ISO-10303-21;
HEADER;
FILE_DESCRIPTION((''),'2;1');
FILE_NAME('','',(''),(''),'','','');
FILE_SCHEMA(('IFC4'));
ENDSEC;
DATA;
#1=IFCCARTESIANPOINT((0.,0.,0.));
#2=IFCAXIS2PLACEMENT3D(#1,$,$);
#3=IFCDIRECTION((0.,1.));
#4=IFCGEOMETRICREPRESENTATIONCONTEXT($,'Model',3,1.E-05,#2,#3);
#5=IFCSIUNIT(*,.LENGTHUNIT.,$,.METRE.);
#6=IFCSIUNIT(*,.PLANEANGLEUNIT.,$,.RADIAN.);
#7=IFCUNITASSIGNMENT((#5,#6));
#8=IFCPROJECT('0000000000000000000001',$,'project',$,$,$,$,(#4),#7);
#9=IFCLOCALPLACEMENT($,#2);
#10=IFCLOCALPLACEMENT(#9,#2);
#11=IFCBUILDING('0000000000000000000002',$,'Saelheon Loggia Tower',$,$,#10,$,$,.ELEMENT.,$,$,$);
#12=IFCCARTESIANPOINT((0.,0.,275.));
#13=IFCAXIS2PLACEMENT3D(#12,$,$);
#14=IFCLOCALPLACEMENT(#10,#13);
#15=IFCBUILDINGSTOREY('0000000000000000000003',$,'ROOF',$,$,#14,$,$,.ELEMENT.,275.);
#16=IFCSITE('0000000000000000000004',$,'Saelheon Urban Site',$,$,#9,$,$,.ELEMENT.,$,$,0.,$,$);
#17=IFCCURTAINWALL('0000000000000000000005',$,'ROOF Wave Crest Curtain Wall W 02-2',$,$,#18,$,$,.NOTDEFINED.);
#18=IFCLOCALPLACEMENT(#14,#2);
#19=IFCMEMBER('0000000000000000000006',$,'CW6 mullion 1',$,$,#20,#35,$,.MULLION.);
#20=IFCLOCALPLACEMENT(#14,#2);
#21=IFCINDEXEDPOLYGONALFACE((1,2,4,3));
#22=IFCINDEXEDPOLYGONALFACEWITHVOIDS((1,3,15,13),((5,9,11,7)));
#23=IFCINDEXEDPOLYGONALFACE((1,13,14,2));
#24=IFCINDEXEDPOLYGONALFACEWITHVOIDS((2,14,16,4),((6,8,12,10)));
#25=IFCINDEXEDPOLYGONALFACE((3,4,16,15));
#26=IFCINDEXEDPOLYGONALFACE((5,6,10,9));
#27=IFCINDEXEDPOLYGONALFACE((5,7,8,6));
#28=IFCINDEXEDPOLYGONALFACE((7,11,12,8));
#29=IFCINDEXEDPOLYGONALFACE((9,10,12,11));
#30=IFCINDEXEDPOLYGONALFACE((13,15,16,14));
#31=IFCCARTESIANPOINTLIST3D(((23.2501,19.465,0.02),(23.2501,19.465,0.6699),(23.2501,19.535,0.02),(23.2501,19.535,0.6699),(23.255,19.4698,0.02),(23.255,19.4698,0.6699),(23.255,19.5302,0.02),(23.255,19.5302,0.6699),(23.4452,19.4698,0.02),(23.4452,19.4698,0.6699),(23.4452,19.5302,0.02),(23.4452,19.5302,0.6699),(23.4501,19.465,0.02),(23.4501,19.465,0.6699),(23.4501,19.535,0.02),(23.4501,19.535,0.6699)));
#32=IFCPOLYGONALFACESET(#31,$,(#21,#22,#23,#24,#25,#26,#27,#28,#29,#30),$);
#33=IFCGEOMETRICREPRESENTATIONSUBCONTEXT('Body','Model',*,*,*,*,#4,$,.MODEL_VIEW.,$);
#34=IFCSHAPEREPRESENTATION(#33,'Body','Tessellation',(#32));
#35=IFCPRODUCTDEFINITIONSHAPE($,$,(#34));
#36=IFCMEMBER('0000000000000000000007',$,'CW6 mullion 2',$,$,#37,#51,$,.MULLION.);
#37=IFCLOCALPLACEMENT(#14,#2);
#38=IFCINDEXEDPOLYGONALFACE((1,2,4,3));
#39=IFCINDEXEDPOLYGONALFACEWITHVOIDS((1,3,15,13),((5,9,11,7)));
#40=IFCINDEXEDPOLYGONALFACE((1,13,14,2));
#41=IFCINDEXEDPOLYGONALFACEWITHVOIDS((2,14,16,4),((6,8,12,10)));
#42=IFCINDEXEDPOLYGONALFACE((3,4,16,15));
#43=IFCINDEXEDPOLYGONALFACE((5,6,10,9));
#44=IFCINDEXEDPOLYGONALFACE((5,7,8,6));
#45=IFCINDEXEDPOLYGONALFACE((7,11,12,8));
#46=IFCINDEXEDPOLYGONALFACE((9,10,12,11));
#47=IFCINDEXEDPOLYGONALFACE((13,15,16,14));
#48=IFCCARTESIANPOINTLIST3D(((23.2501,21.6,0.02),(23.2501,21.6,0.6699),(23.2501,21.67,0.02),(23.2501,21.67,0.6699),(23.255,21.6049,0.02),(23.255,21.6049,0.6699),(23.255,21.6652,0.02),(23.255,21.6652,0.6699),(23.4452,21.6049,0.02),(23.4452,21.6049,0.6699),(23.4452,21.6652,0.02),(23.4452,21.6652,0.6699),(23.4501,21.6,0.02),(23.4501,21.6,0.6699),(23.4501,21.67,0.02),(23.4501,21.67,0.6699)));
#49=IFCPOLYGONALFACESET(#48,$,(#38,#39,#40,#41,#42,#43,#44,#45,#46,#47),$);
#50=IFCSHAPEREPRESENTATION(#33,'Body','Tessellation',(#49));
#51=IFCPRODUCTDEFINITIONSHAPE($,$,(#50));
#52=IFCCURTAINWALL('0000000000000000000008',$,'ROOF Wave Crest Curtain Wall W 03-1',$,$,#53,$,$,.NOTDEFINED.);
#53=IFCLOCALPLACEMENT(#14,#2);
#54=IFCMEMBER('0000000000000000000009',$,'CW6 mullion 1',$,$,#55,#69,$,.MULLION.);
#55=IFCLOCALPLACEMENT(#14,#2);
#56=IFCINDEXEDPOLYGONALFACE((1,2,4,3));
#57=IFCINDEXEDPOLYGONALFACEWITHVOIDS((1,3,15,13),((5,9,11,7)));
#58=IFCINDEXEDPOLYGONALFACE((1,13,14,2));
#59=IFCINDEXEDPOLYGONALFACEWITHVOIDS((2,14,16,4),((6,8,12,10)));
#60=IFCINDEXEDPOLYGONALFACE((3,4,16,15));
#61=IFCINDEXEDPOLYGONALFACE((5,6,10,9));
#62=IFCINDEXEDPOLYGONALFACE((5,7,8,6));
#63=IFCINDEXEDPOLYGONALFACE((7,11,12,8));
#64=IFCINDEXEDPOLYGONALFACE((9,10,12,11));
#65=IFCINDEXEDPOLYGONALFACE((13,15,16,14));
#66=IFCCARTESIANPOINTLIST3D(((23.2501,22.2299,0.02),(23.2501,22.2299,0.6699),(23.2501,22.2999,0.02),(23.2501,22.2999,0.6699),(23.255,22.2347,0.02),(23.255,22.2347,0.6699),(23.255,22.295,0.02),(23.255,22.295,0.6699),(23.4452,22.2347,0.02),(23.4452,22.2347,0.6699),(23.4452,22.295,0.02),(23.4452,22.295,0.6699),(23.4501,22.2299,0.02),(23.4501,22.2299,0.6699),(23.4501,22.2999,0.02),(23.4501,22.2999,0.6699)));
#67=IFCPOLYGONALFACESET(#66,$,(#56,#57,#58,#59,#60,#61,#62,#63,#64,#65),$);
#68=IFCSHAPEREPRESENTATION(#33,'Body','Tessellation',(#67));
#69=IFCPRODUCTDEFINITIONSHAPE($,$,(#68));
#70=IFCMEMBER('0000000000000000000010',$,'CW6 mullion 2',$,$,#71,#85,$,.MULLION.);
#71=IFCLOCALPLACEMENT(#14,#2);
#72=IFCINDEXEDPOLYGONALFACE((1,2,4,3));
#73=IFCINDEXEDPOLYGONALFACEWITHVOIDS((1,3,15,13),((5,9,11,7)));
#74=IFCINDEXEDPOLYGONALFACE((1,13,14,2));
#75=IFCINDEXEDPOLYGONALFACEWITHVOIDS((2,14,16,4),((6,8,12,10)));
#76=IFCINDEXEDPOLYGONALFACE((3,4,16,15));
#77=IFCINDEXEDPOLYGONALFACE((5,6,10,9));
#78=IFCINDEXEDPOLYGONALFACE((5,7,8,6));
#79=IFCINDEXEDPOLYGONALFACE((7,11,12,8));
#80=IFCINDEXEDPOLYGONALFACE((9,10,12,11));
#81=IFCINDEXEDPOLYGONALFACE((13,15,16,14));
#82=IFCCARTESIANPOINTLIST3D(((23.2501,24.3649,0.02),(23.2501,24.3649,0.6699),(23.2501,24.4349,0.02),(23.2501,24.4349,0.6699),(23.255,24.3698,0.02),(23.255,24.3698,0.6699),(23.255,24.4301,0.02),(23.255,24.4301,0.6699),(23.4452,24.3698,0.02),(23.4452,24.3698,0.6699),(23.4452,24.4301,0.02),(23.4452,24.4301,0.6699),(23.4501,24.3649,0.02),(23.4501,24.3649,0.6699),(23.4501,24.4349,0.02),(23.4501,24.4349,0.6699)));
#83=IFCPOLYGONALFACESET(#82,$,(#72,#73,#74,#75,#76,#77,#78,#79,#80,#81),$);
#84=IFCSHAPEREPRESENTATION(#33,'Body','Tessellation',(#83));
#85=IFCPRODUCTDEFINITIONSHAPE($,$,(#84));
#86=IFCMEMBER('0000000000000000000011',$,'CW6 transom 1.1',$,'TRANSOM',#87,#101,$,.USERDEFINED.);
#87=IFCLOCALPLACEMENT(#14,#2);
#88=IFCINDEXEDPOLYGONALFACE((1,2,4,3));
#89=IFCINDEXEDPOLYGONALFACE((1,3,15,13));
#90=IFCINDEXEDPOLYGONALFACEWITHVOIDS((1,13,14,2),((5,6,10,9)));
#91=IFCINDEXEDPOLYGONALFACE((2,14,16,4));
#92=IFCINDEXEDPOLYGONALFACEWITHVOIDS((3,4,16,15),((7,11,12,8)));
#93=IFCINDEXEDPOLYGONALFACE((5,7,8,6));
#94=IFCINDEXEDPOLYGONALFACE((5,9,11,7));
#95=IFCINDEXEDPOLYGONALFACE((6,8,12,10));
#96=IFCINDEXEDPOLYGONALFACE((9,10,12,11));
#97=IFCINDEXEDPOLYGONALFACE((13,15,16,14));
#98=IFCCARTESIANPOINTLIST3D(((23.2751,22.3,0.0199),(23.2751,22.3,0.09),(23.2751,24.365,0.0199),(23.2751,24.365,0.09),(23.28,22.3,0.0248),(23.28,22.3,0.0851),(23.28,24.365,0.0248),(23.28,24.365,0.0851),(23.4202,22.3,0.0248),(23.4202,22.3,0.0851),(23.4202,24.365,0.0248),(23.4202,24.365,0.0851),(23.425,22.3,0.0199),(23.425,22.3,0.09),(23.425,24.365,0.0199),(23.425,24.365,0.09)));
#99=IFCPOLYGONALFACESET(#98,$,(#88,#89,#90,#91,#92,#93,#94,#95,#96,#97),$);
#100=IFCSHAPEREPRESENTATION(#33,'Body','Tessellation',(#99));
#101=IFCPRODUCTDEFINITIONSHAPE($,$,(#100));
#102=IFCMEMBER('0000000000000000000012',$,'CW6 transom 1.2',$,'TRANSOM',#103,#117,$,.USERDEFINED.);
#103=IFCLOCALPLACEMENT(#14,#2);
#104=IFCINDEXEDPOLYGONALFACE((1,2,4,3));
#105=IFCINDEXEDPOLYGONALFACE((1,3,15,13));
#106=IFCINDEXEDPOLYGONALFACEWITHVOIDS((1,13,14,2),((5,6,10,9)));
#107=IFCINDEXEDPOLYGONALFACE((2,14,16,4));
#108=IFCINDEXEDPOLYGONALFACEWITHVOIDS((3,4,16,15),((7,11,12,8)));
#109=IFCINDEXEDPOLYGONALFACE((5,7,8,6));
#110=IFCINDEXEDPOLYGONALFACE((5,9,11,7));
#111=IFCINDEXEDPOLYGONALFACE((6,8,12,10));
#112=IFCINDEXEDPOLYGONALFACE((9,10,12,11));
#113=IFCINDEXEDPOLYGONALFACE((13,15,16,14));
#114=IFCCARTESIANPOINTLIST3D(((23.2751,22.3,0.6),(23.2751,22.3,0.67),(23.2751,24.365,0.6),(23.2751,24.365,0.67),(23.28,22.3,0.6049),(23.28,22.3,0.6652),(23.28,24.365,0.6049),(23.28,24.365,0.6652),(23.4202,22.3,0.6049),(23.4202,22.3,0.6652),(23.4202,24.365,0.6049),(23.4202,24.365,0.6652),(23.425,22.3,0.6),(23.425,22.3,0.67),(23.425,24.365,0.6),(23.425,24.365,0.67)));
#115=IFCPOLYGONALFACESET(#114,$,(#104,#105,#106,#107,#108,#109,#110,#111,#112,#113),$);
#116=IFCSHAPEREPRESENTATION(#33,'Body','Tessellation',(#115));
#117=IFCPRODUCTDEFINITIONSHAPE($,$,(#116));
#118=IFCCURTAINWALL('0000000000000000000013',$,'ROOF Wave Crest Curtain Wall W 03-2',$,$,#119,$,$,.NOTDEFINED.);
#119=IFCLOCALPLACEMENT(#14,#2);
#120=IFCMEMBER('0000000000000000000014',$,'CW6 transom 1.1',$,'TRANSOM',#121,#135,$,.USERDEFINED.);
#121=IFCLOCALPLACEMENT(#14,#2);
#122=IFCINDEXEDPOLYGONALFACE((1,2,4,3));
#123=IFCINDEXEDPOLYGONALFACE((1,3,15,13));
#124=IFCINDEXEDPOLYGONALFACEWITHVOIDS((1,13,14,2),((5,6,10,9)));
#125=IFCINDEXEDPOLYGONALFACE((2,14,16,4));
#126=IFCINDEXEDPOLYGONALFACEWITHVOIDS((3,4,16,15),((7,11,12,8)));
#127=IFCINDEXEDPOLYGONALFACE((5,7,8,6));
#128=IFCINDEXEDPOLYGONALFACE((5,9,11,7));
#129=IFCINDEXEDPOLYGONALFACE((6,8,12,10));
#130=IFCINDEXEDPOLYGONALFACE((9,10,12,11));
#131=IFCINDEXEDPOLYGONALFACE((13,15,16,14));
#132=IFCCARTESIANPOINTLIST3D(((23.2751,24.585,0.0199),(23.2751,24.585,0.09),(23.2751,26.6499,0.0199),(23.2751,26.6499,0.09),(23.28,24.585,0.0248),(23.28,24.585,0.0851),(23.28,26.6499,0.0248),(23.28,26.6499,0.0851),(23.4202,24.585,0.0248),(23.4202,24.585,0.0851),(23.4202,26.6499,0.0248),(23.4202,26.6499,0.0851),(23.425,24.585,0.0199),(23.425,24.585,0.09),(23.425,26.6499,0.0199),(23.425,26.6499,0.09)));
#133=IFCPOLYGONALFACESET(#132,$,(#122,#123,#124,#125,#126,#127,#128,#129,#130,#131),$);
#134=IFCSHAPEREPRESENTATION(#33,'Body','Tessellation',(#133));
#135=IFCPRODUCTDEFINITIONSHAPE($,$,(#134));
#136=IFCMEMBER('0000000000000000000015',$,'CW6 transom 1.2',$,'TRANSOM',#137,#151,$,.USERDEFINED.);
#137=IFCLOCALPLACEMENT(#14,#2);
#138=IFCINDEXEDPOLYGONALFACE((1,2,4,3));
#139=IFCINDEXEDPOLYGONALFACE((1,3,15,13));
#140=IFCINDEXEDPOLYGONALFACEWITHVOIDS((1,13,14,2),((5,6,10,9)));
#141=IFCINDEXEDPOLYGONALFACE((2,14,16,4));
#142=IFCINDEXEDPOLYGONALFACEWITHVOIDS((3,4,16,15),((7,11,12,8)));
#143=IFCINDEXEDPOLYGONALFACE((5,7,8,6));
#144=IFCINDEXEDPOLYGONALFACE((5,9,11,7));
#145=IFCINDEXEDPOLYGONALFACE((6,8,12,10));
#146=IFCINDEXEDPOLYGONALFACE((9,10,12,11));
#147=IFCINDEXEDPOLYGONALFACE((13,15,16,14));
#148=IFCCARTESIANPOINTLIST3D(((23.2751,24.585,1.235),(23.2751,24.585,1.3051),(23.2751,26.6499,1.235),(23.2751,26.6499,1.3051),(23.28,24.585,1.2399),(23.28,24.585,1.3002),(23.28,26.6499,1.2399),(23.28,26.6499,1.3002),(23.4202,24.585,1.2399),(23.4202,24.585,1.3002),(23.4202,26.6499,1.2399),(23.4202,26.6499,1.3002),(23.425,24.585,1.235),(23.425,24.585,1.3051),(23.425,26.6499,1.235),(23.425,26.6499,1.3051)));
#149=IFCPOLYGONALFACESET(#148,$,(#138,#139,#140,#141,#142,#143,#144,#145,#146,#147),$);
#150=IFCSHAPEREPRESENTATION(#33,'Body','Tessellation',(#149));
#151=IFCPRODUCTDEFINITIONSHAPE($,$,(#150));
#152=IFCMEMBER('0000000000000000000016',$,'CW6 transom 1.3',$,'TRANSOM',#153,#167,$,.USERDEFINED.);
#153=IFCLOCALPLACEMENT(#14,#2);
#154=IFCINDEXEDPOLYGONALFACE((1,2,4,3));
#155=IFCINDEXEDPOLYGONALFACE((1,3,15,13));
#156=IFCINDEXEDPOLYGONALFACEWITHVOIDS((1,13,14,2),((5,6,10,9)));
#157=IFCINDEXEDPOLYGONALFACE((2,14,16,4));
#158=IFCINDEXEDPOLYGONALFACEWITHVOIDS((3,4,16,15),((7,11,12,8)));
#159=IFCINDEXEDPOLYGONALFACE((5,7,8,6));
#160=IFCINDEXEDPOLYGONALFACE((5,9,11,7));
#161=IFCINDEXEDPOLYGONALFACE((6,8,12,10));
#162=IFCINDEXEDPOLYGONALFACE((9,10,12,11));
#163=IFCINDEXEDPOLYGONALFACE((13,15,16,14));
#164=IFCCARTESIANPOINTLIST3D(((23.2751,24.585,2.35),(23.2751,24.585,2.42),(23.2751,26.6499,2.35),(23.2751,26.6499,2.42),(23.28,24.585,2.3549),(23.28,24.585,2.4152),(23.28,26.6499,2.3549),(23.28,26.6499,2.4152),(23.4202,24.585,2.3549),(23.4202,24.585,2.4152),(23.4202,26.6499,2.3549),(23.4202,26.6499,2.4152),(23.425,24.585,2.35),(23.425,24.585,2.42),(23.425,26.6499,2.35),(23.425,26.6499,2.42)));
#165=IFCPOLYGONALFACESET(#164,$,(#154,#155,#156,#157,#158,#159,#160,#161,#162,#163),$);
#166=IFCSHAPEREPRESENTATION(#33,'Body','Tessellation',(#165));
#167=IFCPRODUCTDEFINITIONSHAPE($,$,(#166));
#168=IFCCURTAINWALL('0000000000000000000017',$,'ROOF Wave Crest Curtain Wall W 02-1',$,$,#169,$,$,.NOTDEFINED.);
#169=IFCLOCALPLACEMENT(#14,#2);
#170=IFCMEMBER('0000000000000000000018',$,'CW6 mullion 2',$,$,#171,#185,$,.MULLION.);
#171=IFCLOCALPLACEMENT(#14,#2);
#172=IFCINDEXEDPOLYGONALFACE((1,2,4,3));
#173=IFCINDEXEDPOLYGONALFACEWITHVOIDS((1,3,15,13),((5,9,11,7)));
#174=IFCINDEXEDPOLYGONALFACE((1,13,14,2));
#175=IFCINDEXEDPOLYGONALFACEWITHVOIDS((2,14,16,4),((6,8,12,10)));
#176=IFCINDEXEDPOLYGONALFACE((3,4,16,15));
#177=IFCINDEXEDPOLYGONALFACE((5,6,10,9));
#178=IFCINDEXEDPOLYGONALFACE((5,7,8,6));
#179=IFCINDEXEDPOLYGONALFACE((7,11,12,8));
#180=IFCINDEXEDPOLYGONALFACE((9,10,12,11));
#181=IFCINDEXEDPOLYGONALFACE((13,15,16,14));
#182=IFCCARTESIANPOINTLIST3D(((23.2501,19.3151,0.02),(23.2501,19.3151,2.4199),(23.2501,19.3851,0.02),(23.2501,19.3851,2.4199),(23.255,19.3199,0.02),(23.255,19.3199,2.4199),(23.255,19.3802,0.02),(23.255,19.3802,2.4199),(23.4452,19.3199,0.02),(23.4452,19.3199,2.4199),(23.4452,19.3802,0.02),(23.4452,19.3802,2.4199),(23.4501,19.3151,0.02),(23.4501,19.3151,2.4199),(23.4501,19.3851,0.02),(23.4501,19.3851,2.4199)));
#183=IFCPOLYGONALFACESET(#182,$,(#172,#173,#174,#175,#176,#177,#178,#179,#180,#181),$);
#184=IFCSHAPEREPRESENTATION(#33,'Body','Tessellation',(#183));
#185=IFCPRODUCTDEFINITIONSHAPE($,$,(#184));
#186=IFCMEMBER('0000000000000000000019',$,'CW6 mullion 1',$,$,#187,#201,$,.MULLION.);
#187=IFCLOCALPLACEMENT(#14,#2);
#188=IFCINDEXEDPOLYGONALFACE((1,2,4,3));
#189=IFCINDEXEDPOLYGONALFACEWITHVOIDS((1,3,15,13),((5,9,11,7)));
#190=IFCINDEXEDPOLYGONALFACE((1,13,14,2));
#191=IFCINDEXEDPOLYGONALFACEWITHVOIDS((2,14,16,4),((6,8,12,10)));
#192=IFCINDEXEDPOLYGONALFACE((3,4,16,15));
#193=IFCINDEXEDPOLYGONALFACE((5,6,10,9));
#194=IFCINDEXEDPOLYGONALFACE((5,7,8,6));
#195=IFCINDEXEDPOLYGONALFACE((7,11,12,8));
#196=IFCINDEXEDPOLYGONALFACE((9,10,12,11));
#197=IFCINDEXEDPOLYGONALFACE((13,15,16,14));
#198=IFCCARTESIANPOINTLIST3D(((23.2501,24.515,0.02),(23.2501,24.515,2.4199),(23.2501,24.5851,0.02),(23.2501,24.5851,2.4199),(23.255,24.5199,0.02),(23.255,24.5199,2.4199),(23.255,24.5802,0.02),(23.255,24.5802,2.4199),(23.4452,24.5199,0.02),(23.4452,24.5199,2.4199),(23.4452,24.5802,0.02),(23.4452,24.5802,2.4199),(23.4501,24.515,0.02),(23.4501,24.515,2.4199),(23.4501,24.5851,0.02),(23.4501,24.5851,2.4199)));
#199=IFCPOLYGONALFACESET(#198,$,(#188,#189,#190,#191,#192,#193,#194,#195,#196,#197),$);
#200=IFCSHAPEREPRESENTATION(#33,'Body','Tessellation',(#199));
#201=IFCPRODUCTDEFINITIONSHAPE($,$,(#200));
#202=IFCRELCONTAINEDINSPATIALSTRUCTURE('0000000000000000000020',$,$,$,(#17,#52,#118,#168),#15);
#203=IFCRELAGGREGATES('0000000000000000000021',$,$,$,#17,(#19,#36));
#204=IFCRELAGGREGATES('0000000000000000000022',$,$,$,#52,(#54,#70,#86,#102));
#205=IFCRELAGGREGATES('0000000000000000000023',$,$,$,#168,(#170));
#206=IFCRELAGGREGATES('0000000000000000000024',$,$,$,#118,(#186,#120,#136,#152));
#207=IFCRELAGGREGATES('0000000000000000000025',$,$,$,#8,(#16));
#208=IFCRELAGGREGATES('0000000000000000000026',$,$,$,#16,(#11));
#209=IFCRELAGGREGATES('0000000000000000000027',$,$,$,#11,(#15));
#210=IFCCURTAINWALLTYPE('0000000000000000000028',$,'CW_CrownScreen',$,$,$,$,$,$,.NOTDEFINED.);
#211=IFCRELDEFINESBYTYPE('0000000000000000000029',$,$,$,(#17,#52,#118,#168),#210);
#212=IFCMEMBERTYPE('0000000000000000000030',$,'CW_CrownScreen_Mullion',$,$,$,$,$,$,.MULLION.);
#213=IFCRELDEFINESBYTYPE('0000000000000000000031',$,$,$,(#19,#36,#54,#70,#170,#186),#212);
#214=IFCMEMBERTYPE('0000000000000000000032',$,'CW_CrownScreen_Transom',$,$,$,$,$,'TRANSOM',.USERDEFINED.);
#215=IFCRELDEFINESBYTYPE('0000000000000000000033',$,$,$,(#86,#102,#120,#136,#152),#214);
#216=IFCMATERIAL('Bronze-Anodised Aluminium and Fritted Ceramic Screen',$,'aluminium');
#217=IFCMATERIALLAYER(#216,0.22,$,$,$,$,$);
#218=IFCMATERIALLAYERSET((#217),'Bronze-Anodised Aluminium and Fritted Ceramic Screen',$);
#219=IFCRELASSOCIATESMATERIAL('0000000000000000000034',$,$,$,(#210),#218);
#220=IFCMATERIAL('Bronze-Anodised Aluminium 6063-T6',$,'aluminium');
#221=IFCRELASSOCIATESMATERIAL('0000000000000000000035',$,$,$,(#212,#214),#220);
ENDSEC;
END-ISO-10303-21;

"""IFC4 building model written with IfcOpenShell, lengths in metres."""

from ifc_helpers import new_model, si_unit, direction, frame, origin, origin_2d, place, context, subcontext, project, spatial, hollow_rectangle, extrude, source, transform, mapped, material, layer, layer_set, material_profile, profile_set, type_object, element, aggregate, save


model = new_model("IFC4")

# Units and contexts
model_context = context("Model", 3, precision=1e-05, world=origin(), true_north=direction((0.0, 1.0)))
body_context = subcontext(model_context, "Body", "Model", "MODEL_VIEW")
ifc_project = project(units=[si_unit("LENGTHUNIT", "METRE"), si_unit("PLANEANGLEUNIT", "RADIAN")], contexts=[model_context])

# Site, building, storey
site_placement = place(None, origin())
site = spatial("IfcSite", under=ifc_project, at=site_placement, Name="Saelheon Urban Site", CompositionType="ELEMENT", RefElevation=0.0)
building_placement = place(site_placement, origin())
building = spatial("IfcBuilding", under=site, at=building_placement, Name="Saelheon Loggia Tower", CompositionType="ELEMENT")
storey_placement = place(building_placement, frame((0.0, 0.0, 275.0)))
storey = spatial("IfcBuildingStorey", under=building, at=storey_placement, Name="ROOF", CompositionType="ELEMENT", Elevation=275.0)

# Curtain walls, members
ifc_material_1 = material(Name="Bronze-Anodised Aluminium and Fritted Ceramic Screen", Category="aluminium")
ifc_layer_1 = layer(ifc_material_1, 0.22)
ifc_layer_set_1 = layer_set([ifc_layer_1], Name="Bronze-Anodised Aluminium and Fritted Ceramic Screen")
curtain_wall_type = type_object("IfcCurtainWallType", Name="CW_CrownScreen", PredefinedType="NOTDEFINED", material=ifc_layer_set_1)
curtain_wall_1_placement = place(storey_placement, origin())
curtain_wall_1 = element("IfcCurtainWall", 1, at=curtain_wall_1_placement, inside=storey, type_object=curtain_wall_type, Name="ROOF Wave Crest Curtain Wall W 02-2", PredefinedType="NOTDEFINED")
ifc_material_2 = material(Name="Bronze-Anodised Aluminium 6063-T6", Category="aluminium")
ifc_material_profile_1 = material_profile(ifc_material_2, hollow_rectangle(XDim=0.0701, YDim=0.2, WallThickness=0.0049, at=origin_2d()), Name="RHS-200x70x5")
ifc_profile_set_1 = profile_set([ifc_material_profile_1], Name="Bronze-Anodised Aluminium 6063-T6")
member_type_1 = type_object("IfcMemberType", Name="CW_CrownScreen_Mullion", PredefinedType="MULLION", material=ifc_profile_set_1)
shared_shape_1 = source(origin(), body_context, "Body", "SweptSolid", [
    extrude(hollow_rectangle(XDim=0.0701, YDim=0.2, WallThickness=0.0049, at=origin_2d()), origin(), (0.0, 0.0, 1.0), 0.6499),
])
member_1_placement = place(storey_placement, frame((23.3501, 19.5, 0.02), z_axis=(0.0, 0.0, 1.0), x_axis=(0.0, 1.0, 0.0)))
member_1 = element("IfcMember", 2, at=member_1_placement, type_object=member_type_1, Name="CW6 mullion 1", PredefinedType="MULLION", context=body_context, shape_type="MappedRepresentation", body=[
    mapped(shared_shape_1, transform((0.0, 0.0, 0.0), scale=1.0)),
])
member_2_placement = place(storey_placement, frame((23.3501, 21.635, 0.02), z_axis=(0.0, 0.0, 1.0), x_axis=(0.0, 1.0, 0.0)))
member_2 = element("IfcMember", 3, at=member_2_placement, type_object=member_type_1, Name="CW6 mullion 2", PredefinedType="MULLION", context=body_context, shape_type="MappedRepresentation", body=[
    mapped(shared_shape_1, transform((0.0, 0.0, 0.0), scale=1.0)),
])
curtain_wall_2_placement = place(storey_placement, origin())
curtain_wall_2 = element("IfcCurtainWall", 4, at=curtain_wall_2_placement, inside=storey, type_object=curtain_wall_type, Name="ROOF Wave Crest Curtain Wall W 03-1", PredefinedType="NOTDEFINED")
member_3_placement = place(storey_placement, frame((23.3501, 22.2649, 0.02), z_axis=(0.0, 0.0, 1.0), x_axis=(0.0, 1.0, 0.0)))
member_3 = element("IfcMember", 5, at=member_3_placement, type_object=member_type_1, Name="CW6 mullion 1", PredefinedType="MULLION", context=body_context, shape_type="MappedRepresentation", body=[
    mapped(shared_shape_1, transform((0.0, 0.0, 0.0), scale=1.0)),
])
member_4_placement = place(storey_placement, frame((23.3501, 24.3999, 0.02), z_axis=(0.0, 0.0, 1.0), x_axis=(0.0, 1.0, 0.0)))
member_4 = element("IfcMember", 6, at=member_4_placement, type_object=member_type_1, Name="CW6 mullion 2", PredefinedType="MULLION", context=body_context, shape_type="MappedRepresentation", body=[
    mapped(shared_shape_1, transform((0.0, 0.0, 0.0), scale=1.0)),
])
ifc_material_profile_2 = material_profile(ifc_material_2, hollow_rectangle(XDim=0.0701, YDim=0.1499, WallThickness=0.0049, at=origin_2d()), Name="RHS-150x70x5")
ifc_profile_set_2 = profile_set([ifc_material_profile_2], Name="Bronze-Anodised Aluminium 6063-T6")
member_type_2 = type_object("IfcMemberType", Name="CW_CrownScreen_Transom", ElementType="TRANSOM", PredefinedType="USERDEFINED", material=ifc_profile_set_2)
shared_shape_2 = source(origin(), body_context, "Body", "SweptSolid", [
    extrude(hollow_rectangle(XDim=0.0701, YDim=0.1499, WallThickness=0.0049, at=origin_2d()), origin(), (0.0, 0.0, 1.0), 2.0649),
])
member_5_placement = place(storey_placement, frame((23.3501, 22.3, 0.0549), z_axis=(0.0, 1.0, 0.0), x_axis=(0.0, 0.0, 1.0)))
member_5 = element("IfcMember", 7, at=member_5_placement, type_object=member_type_2, Name="CW6 transom 1.1", ObjectType="TRANSOM", PredefinedType="USERDEFINED", context=body_context, shape_type="MappedRepresentation", body=[
    mapped(shared_shape_2, transform((0.0, 0.0, 0.0), scale=1.0)),
])
member_6_placement = place(storey_placement, frame((23.3501, 22.3, 0.635), z_axis=(0.0, 1.0, 0.0), x_axis=(0.0, 0.0, 1.0)))
member_6 = element("IfcMember", 8, at=member_6_placement, type_object=member_type_2, Name="CW6 transom 1.2", ObjectType="TRANSOM", PredefinedType="USERDEFINED", context=body_context, shape_type="MappedRepresentation", body=[
    mapped(shared_shape_2, transform((0.0, 0.0, 0.0), scale=1.0)),
])
curtain_wall_3_placement = place(storey_placement, origin())
curtain_wall_3 = element("IfcCurtainWall", 9, at=curtain_wall_3_placement, inside=storey, type_object=curtain_wall_type, Name="ROOF Wave Crest Curtain Wall W 03-2", PredefinedType="NOTDEFINED")
member_7_placement = place(storey_placement, frame((23.3501, 24.585, 0.0549), z_axis=(0.0, 1.0, 0.0), x_axis=(0.0, 0.0, 1.0)))
member_7 = element("IfcMember", 10, at=member_7_placement, type_object=member_type_2, Name="CW6 transom 1.1", ObjectType="TRANSOM", PredefinedType="USERDEFINED", context=body_context, shape_type="MappedRepresentation", body=[
    mapped(shared_shape_2, transform((0.0, 0.0, 0.0), scale=1.0)),
])
member_8_placement = place(storey_placement, frame((23.3501, 24.585, 1.27), z_axis=(0.0, 1.0, 0.0), x_axis=(0.0, 0.0, 1.0)))
member_8 = element("IfcMember", 11, at=member_8_placement, type_object=member_type_2, Name="CW6 transom 1.2", ObjectType="TRANSOM", PredefinedType="USERDEFINED", context=body_context, shape_type="MappedRepresentation", body=[
    mapped(shared_shape_2, transform((0.0, 0.0, 0.0), scale=1.0)),
])
member_9_placement = place(storey_placement, frame((23.3501, 24.585, 2.385), z_axis=(0.0, 1.0, 0.0), x_axis=(0.0, 0.0, 1.0)))
member_9 = element("IfcMember", 12, at=member_9_placement, type_object=member_type_2, Name="CW6 transom 1.3", ObjectType="TRANSOM", PredefinedType="USERDEFINED", context=body_context, shape_type="MappedRepresentation", body=[
    mapped(shared_shape_2, transform((0.0, 0.0, 0.0), scale=1.0)),
])

# Curtain wall, member
curtain_wall_4_placement = place(storey_placement, origin())
curtain_wall_4 = element("IfcCurtainWall", 13, at=curtain_wall_4_placement, inside=storey, type_object=curtain_wall_type, Name="ROOF Wave Crest Curtain Wall W 02-1", PredefinedType="NOTDEFINED")
shared_shape_3 = source(origin(), body_context, "Body", "SweptSolid", [
    extrude(hollow_rectangle(XDim=0.0701, YDim=0.2, WallThickness=0.0049, at=origin_2d()), origin(), (0.0, 0.0, 1.0), 2.3999),
])
member_10_placement = place(storey_placement, frame((23.3501, 19.3501, 0.02), z_axis=(0.0, 0.0, 1.0), x_axis=(0.0, 1.0, 0.0)))
member_10 = element("IfcMember", 14, at=member_10_placement, type_object=member_type_1, Name="CW6 mullion 2", PredefinedType="MULLION", context=body_context, shape_type="MappedRepresentation", body=[
    mapped(shared_shape_3, transform((0.0, 0.0, 0.0), scale=1.0)),
])

# Member
member_11_placement = place(storey_placement, frame((23.3501, 24.55, 0.02), z_axis=(0.0, 0.0, 1.0), x_axis=(0.0, 1.0, 0.0)))
member_11 = element("IfcMember", 15, at=member_11_placement, type_object=member_type_1, Name="CW6 mullion 1", PredefinedType="MULLION", context=body_context, shape_type="MappedRepresentation", body=[
    mapped(shared_shape_3, transform((0.0, 0.0, 0.0), scale=1.0)),
])

aggregate(curtain_wall_1, [member_1, member_2])
aggregate(curtain_wall_2, [member_3, member_4, member_5, member_6])
aggregate(curtain_wall_4, [member_10])
aggregate(curtain_wall_3, [member_11, member_7, member_8, member_9])

save(model, "model.ifc")
